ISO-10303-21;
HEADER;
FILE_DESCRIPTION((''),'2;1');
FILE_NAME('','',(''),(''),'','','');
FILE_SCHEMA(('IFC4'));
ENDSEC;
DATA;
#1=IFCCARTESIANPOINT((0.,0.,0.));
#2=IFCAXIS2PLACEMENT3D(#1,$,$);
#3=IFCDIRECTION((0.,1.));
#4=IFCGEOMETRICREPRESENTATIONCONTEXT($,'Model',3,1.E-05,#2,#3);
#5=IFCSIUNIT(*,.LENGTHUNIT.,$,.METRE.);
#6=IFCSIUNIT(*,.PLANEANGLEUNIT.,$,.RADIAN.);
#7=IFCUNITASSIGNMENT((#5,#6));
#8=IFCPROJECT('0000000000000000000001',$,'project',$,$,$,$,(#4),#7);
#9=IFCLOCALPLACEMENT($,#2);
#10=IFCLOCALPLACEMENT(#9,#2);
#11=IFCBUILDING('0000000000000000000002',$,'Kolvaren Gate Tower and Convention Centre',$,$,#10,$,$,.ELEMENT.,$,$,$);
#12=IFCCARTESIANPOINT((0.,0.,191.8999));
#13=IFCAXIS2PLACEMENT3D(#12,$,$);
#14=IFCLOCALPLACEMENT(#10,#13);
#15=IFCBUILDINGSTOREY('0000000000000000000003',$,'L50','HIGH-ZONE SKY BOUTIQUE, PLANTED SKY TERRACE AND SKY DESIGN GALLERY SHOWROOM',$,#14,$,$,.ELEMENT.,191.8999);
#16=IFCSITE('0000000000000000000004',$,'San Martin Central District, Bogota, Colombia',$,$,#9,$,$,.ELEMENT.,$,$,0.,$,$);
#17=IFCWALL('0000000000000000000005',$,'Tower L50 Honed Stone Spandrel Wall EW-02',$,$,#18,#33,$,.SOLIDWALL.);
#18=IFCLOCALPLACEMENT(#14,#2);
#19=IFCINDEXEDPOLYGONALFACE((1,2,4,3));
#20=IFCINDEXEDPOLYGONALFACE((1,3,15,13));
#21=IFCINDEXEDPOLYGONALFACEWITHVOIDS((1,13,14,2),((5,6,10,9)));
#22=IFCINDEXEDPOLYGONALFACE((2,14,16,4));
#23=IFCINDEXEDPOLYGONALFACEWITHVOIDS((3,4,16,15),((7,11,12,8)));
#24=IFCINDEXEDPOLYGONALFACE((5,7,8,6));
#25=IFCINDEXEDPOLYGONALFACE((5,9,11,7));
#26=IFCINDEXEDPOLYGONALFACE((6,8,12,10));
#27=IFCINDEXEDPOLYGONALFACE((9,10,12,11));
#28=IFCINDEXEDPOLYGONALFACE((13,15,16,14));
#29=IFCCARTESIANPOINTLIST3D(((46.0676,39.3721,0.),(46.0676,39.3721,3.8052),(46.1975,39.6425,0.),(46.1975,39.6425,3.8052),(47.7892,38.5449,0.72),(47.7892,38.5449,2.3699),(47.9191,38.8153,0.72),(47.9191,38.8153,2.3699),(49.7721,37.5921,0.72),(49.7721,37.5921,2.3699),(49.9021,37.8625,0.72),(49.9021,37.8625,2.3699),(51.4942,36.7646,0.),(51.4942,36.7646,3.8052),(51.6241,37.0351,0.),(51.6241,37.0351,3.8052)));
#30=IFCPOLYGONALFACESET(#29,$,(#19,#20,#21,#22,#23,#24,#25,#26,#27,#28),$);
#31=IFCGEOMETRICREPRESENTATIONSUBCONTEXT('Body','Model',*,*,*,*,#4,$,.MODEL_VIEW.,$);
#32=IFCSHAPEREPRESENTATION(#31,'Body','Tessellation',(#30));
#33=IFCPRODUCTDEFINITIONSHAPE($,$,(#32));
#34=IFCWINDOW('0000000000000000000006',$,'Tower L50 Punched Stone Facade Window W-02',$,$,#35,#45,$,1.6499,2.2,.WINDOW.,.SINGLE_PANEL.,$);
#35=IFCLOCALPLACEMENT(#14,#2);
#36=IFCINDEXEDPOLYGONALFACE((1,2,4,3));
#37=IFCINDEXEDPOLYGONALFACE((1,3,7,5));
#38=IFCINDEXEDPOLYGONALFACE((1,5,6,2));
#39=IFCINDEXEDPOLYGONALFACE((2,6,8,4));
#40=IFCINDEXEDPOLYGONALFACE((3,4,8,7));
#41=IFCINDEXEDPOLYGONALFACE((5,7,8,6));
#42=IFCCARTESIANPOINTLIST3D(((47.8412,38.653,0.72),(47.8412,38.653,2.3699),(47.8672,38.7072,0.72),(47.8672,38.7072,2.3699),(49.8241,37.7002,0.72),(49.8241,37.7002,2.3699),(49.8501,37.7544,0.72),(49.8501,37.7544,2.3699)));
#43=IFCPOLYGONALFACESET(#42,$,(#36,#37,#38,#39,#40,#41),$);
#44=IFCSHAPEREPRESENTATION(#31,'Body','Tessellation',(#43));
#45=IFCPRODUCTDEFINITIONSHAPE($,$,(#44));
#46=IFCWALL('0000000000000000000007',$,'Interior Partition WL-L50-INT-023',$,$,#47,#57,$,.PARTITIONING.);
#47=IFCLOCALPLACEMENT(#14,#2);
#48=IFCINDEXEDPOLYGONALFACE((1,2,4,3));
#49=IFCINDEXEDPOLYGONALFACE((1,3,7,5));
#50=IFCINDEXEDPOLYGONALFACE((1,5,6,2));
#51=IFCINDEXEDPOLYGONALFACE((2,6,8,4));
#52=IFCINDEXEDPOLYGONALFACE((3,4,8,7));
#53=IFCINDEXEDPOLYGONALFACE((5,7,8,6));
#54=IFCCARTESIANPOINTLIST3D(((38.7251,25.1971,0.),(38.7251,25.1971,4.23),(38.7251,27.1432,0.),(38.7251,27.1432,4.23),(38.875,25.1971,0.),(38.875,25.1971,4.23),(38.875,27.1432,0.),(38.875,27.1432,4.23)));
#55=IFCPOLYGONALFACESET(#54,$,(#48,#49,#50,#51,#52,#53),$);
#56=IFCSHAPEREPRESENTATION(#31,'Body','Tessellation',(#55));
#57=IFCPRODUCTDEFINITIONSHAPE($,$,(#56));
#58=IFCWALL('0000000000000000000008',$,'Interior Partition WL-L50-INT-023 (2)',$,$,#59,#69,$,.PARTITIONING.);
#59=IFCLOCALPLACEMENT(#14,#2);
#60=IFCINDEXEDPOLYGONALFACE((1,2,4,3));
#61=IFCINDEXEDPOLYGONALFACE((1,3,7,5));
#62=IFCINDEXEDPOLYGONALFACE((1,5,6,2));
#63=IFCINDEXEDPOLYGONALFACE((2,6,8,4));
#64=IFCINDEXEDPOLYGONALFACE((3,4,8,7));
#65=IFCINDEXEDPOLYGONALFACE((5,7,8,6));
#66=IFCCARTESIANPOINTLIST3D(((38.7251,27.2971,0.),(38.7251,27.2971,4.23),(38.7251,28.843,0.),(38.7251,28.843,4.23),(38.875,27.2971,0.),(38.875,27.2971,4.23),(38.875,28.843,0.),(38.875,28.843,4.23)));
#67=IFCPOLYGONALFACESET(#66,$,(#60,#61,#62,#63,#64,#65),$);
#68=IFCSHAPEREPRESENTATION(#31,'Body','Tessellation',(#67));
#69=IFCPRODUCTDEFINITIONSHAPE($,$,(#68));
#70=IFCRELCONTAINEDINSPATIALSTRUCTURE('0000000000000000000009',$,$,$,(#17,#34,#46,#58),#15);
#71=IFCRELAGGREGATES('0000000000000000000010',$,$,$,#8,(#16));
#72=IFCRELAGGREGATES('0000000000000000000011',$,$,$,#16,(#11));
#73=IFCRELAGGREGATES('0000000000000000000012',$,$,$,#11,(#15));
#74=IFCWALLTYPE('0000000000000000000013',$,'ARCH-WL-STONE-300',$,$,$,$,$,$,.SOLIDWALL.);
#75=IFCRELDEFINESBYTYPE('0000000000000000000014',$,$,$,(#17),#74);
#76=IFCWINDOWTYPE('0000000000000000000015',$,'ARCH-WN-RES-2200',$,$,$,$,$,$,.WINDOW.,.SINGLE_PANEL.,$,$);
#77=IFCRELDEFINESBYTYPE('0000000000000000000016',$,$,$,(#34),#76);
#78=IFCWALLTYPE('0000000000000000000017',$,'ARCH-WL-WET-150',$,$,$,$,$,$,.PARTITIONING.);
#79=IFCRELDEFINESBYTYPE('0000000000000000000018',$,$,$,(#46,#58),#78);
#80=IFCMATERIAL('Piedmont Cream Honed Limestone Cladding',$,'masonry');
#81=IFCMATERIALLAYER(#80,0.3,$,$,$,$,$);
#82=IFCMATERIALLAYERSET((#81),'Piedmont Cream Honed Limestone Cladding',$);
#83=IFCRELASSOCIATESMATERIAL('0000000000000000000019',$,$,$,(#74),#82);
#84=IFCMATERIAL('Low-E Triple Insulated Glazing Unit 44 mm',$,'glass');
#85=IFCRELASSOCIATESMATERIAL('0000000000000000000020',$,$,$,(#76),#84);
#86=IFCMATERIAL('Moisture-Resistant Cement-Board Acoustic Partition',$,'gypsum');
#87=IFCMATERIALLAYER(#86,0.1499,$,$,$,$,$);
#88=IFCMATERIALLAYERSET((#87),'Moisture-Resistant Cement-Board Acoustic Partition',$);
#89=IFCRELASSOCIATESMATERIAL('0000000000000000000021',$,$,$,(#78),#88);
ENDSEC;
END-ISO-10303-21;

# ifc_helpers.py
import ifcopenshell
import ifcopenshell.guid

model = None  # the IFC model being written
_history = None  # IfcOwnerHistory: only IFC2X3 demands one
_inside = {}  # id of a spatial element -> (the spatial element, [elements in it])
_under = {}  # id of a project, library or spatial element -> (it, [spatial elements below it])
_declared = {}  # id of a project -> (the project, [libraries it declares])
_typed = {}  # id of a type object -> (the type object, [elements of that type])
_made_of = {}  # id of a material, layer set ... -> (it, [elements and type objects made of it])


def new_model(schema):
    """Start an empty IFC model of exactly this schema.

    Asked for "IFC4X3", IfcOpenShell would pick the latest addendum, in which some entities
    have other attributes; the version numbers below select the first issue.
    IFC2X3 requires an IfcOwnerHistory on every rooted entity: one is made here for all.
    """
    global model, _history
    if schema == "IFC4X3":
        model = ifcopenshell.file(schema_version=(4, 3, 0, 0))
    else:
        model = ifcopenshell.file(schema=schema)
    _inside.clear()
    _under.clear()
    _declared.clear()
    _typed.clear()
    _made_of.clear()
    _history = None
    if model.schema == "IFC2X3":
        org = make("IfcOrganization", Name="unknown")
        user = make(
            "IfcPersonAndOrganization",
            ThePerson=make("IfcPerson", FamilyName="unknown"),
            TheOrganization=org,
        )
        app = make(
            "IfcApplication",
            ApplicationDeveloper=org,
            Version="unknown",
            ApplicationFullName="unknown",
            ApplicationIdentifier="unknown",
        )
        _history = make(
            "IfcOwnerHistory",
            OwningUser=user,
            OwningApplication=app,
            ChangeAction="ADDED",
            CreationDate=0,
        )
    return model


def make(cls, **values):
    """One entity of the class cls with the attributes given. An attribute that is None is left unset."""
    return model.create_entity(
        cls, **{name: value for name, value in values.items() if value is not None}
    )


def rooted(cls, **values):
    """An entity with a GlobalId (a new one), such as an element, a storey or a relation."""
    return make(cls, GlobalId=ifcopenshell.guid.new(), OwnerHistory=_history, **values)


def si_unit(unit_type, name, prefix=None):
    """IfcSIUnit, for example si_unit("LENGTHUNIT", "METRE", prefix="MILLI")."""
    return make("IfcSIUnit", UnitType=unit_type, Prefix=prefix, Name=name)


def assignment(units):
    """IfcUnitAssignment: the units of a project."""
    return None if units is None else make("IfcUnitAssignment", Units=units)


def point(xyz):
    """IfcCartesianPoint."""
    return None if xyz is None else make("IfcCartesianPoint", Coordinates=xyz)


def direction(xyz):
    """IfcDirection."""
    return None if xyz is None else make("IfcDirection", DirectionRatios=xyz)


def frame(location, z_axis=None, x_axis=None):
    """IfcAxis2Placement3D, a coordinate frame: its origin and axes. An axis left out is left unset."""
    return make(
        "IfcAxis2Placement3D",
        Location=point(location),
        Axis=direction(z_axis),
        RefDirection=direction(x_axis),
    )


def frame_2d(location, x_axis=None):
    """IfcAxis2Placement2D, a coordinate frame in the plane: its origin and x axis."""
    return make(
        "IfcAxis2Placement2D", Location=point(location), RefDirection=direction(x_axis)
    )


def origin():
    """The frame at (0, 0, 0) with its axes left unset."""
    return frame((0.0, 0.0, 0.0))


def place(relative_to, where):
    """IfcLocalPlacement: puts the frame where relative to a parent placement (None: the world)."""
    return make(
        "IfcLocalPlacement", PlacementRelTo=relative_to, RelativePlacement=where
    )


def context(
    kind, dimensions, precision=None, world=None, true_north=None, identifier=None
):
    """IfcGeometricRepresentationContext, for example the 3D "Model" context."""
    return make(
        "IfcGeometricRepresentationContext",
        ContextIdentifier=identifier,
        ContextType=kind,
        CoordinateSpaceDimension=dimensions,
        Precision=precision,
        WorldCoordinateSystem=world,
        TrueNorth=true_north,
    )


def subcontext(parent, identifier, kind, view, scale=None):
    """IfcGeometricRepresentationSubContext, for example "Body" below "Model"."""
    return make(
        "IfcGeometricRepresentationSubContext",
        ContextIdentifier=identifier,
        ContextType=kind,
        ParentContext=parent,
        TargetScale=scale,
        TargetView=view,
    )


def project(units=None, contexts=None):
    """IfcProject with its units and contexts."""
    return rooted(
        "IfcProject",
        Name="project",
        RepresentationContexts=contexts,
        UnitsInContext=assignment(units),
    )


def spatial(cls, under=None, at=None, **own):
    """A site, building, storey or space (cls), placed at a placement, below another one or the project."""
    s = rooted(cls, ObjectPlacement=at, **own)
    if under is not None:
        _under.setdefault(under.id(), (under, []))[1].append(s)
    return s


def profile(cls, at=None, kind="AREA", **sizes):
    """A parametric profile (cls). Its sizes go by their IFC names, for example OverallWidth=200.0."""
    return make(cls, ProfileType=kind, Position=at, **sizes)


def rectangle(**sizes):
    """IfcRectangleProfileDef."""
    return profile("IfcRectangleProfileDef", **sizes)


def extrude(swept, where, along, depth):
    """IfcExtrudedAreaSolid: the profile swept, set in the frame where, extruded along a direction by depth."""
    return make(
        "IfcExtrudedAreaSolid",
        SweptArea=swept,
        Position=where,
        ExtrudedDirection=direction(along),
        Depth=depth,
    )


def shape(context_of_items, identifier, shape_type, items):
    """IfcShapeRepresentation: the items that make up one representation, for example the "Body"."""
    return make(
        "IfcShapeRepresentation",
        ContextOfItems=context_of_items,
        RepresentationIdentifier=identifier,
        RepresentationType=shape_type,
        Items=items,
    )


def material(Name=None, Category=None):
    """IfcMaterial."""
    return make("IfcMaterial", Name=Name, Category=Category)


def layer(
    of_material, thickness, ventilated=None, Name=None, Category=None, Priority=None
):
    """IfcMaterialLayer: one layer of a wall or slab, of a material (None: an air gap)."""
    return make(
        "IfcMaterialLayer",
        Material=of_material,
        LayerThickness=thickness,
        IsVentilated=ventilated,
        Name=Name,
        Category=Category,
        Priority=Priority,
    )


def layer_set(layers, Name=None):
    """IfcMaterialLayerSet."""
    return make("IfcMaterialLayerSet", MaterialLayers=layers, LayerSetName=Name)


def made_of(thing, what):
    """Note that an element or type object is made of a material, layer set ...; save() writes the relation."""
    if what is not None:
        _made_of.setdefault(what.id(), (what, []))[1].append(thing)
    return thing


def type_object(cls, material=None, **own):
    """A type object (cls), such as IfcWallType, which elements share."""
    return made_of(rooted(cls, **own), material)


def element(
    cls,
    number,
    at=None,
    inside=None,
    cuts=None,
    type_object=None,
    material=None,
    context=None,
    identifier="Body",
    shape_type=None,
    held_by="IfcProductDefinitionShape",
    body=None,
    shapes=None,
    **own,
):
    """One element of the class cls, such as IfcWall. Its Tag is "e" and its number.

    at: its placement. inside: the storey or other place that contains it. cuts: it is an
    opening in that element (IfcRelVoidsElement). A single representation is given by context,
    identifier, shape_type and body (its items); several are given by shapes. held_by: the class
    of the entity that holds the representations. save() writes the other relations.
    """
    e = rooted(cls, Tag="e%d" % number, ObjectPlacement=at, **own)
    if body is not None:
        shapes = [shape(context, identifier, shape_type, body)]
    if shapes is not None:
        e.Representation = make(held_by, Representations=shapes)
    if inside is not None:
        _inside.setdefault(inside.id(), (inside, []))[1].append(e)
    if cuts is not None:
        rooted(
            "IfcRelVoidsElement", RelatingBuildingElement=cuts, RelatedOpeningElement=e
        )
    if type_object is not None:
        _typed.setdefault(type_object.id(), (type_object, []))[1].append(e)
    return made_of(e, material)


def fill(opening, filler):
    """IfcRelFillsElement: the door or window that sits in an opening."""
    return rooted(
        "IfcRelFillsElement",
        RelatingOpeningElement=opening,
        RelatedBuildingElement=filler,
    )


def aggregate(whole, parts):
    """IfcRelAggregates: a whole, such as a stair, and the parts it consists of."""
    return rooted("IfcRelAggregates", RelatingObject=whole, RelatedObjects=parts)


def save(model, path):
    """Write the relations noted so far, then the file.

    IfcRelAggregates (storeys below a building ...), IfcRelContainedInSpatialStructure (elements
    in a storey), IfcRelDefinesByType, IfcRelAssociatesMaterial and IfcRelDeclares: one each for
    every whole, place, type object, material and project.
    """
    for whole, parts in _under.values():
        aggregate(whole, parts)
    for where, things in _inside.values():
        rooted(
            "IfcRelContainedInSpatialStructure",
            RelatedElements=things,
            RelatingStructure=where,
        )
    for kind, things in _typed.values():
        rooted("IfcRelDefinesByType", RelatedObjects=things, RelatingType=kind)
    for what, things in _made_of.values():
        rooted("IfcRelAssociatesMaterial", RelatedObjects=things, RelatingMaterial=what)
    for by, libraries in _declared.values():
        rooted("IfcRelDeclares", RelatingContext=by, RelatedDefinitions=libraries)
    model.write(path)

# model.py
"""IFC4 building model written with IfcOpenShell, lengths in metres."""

from ifc_helpers import new_model, si_unit, direction, frame, frame_2d, origin, place, context, subcontext, project, spatial, rectangle, extrude, material, layer, layer_set, type_object, element, fill, save


model = new_model("IFC4")

# Units and contexts
model_context = context("Model", 3, precision=1e-05, world=origin(), true_north=direction((0.0, 1.0)))
body_context = subcontext(model_context, "Body", "Model", "MODEL_VIEW")
ifc_project = project(units=[si_unit("LENGTHUNIT", "METRE"), si_unit("PLANEANGLEUNIT", "RADIAN")], contexts=[model_context])

# Site, building, storey
site_placement = place(None, origin())
site = spatial("IfcSite", under=ifc_project, at=site_placement, Name="San Martin Central District, Bogota, Colombia", CompositionType="ELEMENT", RefElevation=0.0)
building_placement = place(site_placement, origin())
building = spatial("IfcBuilding", under=site, at=building_placement, Name="Kolvaren Gate Tower and Convention Centre", CompositionType="ELEMENT")
storey_placement = place(building_placement, frame((0.0, 0.0, 191.8999)))
storey = spatial("IfcBuildingStorey", under=building, at=storey_placement, Name="L50", Description="HIGH-ZONE SKY BOUTIQUE, PLANTED SKY TERRACE AND SKY DESIGN GALLERY SHOWROOM", CompositionType="ELEMENT", Elevation=191.8999)

# Shared definitions
ifc_material_1 = material(Name="Low-E Triple Insulated Glazing Unit 44 mm", Category="glass")

# Shared definitions
ifc_material_2 = material(Name="Piedmont Cream Honed Limestone Cladding", Category="masonry")

# Shared definitions
ifc_layer_1 = layer(ifc_material_2, 0.3)
ifc_layer_set_1 = layer_set([ifc_layer_1], Name="Piedmont Cream Honed Limestone Cladding")
wall_type_1 = type_object("IfcWallType", Name="ARCH-WL-STONE-300", PredefinedType="SOLIDWALL", material=ifc_layer_set_1)

# Wall, opening, window
wall_1_placement = place(storey_placement, frame((46.1326, 39.5073, 0.0), z_axis=(0.0, 0.0, 1.0), x_axis=(0.901348, -0.433095, 0.0)))
wall_1 = element("IfcWall", 1, at=wall_1_placement, inside=storey, type_object=wall_type_1, Name="Tower L50 Honed Stone Spandrel Wall EW-02", PredefinedType="SOLIDWALL", context=body_context, shape_type="SweptSolid", body=[
    extrude(rectangle(XDim=6.0205, YDim=0.3, at=frame_2d((3.0103, 0.0))), origin(), (0.0, 0.0, 1.0), 3.8052),
])
opening_1_placement = place(wall_1_placement, frame((1.9099, 0.0, 0.72)))
opening_1 = element("IfcOpeningElement", 2, at=opening_1_placement, cuts=wall_1, PredefinedType="OPENING", context=body_context, shape_type="SweptSolid", body=[
    extrude(rectangle(XDim=2.2, YDim=1.6499, at=frame_2d((1.1001, 0.825))), frame((0.0, 0.1599, 0.0), z_axis=(0.0, -1.0, 0.0), x_axis=(1.0, 0.0, 0.0)), (0.0, 0.0, 1.0), 0.3201),
])
window_type_1 = type_object("IfcWindowType", Name="ARCH-WN-RES-2200", PartitioningType="SINGLE_PANEL", PredefinedType="WINDOW", material=ifc_material_1)
window_1_placement = place(opening_1_placement, origin())
window_1 = element("IfcWindow", 3, at=window_1_placement, inside=storey, type_object=window_type_1, Name="Tower L50 Punched Stone Facade Window W-02", OverallHeight=1.6499, OverallWidth=2.2, PartitioningType="SINGLE_PANEL", PredefinedType="WINDOW", context=body_context, shape_type="SweptSolid", body=[
    extrude(rectangle(XDim=2.2, YDim=1.6499, at=frame_2d((1.1001, 0.825))), frame((0.0, 0.03, 0.0), z_axis=(0.0, -1.0, 0.0), x_axis=(1.0, 0.0, 0.0)), (0.0, 0.0, 1.0), 0.0601),
])
fill(opening_1, window_1)

# Walls
ifc_material_3 = material(Name="Moisture-Resistant Cement-Board Acoustic Partition", Category="gypsum")
ifc_layer_2 = layer(ifc_material_3, 0.1499)
ifc_layer_set_2 = layer_set([ifc_layer_2], Name="Moisture-Resistant Cement-Board Acoustic Partition")
wall_type_2 = type_object("IfcWallType", Name="ARCH-WL-WET-150", PredefinedType="PARTITIONING", material=ifc_layer_set_2)
wall_2_placement = place(storey_placement, frame((38.8, 25.197, 0.0), z_axis=(0.0, 0.0, 1.0), x_axis=(0.0, 1.0, 0.0)))
element("IfcWall", 4, at=wall_2_placement, inside=storey, type_object=wall_type_2, Name="Interior Partition WL-L50-INT-023", PredefinedType="PARTITIONING", context=body_context, shape_type="SweptSolid", body=[
    extrude(rectangle(XDim=1.946, YDim=0.1499, at=frame_2d((0.9731, 0.0))), origin(), (0.0, 0.0, 1.0), 4.23),
])
wall_3_placement = place(storey_placement, frame((38.8, 27.2971, 0.0), z_axis=(0.0, 0.0, 1.0), x_axis=(0.0, 1.0, 0.0)))
element("IfcWall", 5, at=wall_3_placement, inside=storey, type_object=wall_type_2, Name="Interior Partition WL-L50-INT-023 (2)", PredefinedType="PARTITIONING", context=body_context, shape_type="SweptSolid", body=[
    extrude(rectangle(XDim=1.5459, YDim=0.1499, at=frame_2d((0.7729, 0.0))), origin(), (0.0, 0.0, 1.0), 4.23),
])

save(model, "model.ifc")
